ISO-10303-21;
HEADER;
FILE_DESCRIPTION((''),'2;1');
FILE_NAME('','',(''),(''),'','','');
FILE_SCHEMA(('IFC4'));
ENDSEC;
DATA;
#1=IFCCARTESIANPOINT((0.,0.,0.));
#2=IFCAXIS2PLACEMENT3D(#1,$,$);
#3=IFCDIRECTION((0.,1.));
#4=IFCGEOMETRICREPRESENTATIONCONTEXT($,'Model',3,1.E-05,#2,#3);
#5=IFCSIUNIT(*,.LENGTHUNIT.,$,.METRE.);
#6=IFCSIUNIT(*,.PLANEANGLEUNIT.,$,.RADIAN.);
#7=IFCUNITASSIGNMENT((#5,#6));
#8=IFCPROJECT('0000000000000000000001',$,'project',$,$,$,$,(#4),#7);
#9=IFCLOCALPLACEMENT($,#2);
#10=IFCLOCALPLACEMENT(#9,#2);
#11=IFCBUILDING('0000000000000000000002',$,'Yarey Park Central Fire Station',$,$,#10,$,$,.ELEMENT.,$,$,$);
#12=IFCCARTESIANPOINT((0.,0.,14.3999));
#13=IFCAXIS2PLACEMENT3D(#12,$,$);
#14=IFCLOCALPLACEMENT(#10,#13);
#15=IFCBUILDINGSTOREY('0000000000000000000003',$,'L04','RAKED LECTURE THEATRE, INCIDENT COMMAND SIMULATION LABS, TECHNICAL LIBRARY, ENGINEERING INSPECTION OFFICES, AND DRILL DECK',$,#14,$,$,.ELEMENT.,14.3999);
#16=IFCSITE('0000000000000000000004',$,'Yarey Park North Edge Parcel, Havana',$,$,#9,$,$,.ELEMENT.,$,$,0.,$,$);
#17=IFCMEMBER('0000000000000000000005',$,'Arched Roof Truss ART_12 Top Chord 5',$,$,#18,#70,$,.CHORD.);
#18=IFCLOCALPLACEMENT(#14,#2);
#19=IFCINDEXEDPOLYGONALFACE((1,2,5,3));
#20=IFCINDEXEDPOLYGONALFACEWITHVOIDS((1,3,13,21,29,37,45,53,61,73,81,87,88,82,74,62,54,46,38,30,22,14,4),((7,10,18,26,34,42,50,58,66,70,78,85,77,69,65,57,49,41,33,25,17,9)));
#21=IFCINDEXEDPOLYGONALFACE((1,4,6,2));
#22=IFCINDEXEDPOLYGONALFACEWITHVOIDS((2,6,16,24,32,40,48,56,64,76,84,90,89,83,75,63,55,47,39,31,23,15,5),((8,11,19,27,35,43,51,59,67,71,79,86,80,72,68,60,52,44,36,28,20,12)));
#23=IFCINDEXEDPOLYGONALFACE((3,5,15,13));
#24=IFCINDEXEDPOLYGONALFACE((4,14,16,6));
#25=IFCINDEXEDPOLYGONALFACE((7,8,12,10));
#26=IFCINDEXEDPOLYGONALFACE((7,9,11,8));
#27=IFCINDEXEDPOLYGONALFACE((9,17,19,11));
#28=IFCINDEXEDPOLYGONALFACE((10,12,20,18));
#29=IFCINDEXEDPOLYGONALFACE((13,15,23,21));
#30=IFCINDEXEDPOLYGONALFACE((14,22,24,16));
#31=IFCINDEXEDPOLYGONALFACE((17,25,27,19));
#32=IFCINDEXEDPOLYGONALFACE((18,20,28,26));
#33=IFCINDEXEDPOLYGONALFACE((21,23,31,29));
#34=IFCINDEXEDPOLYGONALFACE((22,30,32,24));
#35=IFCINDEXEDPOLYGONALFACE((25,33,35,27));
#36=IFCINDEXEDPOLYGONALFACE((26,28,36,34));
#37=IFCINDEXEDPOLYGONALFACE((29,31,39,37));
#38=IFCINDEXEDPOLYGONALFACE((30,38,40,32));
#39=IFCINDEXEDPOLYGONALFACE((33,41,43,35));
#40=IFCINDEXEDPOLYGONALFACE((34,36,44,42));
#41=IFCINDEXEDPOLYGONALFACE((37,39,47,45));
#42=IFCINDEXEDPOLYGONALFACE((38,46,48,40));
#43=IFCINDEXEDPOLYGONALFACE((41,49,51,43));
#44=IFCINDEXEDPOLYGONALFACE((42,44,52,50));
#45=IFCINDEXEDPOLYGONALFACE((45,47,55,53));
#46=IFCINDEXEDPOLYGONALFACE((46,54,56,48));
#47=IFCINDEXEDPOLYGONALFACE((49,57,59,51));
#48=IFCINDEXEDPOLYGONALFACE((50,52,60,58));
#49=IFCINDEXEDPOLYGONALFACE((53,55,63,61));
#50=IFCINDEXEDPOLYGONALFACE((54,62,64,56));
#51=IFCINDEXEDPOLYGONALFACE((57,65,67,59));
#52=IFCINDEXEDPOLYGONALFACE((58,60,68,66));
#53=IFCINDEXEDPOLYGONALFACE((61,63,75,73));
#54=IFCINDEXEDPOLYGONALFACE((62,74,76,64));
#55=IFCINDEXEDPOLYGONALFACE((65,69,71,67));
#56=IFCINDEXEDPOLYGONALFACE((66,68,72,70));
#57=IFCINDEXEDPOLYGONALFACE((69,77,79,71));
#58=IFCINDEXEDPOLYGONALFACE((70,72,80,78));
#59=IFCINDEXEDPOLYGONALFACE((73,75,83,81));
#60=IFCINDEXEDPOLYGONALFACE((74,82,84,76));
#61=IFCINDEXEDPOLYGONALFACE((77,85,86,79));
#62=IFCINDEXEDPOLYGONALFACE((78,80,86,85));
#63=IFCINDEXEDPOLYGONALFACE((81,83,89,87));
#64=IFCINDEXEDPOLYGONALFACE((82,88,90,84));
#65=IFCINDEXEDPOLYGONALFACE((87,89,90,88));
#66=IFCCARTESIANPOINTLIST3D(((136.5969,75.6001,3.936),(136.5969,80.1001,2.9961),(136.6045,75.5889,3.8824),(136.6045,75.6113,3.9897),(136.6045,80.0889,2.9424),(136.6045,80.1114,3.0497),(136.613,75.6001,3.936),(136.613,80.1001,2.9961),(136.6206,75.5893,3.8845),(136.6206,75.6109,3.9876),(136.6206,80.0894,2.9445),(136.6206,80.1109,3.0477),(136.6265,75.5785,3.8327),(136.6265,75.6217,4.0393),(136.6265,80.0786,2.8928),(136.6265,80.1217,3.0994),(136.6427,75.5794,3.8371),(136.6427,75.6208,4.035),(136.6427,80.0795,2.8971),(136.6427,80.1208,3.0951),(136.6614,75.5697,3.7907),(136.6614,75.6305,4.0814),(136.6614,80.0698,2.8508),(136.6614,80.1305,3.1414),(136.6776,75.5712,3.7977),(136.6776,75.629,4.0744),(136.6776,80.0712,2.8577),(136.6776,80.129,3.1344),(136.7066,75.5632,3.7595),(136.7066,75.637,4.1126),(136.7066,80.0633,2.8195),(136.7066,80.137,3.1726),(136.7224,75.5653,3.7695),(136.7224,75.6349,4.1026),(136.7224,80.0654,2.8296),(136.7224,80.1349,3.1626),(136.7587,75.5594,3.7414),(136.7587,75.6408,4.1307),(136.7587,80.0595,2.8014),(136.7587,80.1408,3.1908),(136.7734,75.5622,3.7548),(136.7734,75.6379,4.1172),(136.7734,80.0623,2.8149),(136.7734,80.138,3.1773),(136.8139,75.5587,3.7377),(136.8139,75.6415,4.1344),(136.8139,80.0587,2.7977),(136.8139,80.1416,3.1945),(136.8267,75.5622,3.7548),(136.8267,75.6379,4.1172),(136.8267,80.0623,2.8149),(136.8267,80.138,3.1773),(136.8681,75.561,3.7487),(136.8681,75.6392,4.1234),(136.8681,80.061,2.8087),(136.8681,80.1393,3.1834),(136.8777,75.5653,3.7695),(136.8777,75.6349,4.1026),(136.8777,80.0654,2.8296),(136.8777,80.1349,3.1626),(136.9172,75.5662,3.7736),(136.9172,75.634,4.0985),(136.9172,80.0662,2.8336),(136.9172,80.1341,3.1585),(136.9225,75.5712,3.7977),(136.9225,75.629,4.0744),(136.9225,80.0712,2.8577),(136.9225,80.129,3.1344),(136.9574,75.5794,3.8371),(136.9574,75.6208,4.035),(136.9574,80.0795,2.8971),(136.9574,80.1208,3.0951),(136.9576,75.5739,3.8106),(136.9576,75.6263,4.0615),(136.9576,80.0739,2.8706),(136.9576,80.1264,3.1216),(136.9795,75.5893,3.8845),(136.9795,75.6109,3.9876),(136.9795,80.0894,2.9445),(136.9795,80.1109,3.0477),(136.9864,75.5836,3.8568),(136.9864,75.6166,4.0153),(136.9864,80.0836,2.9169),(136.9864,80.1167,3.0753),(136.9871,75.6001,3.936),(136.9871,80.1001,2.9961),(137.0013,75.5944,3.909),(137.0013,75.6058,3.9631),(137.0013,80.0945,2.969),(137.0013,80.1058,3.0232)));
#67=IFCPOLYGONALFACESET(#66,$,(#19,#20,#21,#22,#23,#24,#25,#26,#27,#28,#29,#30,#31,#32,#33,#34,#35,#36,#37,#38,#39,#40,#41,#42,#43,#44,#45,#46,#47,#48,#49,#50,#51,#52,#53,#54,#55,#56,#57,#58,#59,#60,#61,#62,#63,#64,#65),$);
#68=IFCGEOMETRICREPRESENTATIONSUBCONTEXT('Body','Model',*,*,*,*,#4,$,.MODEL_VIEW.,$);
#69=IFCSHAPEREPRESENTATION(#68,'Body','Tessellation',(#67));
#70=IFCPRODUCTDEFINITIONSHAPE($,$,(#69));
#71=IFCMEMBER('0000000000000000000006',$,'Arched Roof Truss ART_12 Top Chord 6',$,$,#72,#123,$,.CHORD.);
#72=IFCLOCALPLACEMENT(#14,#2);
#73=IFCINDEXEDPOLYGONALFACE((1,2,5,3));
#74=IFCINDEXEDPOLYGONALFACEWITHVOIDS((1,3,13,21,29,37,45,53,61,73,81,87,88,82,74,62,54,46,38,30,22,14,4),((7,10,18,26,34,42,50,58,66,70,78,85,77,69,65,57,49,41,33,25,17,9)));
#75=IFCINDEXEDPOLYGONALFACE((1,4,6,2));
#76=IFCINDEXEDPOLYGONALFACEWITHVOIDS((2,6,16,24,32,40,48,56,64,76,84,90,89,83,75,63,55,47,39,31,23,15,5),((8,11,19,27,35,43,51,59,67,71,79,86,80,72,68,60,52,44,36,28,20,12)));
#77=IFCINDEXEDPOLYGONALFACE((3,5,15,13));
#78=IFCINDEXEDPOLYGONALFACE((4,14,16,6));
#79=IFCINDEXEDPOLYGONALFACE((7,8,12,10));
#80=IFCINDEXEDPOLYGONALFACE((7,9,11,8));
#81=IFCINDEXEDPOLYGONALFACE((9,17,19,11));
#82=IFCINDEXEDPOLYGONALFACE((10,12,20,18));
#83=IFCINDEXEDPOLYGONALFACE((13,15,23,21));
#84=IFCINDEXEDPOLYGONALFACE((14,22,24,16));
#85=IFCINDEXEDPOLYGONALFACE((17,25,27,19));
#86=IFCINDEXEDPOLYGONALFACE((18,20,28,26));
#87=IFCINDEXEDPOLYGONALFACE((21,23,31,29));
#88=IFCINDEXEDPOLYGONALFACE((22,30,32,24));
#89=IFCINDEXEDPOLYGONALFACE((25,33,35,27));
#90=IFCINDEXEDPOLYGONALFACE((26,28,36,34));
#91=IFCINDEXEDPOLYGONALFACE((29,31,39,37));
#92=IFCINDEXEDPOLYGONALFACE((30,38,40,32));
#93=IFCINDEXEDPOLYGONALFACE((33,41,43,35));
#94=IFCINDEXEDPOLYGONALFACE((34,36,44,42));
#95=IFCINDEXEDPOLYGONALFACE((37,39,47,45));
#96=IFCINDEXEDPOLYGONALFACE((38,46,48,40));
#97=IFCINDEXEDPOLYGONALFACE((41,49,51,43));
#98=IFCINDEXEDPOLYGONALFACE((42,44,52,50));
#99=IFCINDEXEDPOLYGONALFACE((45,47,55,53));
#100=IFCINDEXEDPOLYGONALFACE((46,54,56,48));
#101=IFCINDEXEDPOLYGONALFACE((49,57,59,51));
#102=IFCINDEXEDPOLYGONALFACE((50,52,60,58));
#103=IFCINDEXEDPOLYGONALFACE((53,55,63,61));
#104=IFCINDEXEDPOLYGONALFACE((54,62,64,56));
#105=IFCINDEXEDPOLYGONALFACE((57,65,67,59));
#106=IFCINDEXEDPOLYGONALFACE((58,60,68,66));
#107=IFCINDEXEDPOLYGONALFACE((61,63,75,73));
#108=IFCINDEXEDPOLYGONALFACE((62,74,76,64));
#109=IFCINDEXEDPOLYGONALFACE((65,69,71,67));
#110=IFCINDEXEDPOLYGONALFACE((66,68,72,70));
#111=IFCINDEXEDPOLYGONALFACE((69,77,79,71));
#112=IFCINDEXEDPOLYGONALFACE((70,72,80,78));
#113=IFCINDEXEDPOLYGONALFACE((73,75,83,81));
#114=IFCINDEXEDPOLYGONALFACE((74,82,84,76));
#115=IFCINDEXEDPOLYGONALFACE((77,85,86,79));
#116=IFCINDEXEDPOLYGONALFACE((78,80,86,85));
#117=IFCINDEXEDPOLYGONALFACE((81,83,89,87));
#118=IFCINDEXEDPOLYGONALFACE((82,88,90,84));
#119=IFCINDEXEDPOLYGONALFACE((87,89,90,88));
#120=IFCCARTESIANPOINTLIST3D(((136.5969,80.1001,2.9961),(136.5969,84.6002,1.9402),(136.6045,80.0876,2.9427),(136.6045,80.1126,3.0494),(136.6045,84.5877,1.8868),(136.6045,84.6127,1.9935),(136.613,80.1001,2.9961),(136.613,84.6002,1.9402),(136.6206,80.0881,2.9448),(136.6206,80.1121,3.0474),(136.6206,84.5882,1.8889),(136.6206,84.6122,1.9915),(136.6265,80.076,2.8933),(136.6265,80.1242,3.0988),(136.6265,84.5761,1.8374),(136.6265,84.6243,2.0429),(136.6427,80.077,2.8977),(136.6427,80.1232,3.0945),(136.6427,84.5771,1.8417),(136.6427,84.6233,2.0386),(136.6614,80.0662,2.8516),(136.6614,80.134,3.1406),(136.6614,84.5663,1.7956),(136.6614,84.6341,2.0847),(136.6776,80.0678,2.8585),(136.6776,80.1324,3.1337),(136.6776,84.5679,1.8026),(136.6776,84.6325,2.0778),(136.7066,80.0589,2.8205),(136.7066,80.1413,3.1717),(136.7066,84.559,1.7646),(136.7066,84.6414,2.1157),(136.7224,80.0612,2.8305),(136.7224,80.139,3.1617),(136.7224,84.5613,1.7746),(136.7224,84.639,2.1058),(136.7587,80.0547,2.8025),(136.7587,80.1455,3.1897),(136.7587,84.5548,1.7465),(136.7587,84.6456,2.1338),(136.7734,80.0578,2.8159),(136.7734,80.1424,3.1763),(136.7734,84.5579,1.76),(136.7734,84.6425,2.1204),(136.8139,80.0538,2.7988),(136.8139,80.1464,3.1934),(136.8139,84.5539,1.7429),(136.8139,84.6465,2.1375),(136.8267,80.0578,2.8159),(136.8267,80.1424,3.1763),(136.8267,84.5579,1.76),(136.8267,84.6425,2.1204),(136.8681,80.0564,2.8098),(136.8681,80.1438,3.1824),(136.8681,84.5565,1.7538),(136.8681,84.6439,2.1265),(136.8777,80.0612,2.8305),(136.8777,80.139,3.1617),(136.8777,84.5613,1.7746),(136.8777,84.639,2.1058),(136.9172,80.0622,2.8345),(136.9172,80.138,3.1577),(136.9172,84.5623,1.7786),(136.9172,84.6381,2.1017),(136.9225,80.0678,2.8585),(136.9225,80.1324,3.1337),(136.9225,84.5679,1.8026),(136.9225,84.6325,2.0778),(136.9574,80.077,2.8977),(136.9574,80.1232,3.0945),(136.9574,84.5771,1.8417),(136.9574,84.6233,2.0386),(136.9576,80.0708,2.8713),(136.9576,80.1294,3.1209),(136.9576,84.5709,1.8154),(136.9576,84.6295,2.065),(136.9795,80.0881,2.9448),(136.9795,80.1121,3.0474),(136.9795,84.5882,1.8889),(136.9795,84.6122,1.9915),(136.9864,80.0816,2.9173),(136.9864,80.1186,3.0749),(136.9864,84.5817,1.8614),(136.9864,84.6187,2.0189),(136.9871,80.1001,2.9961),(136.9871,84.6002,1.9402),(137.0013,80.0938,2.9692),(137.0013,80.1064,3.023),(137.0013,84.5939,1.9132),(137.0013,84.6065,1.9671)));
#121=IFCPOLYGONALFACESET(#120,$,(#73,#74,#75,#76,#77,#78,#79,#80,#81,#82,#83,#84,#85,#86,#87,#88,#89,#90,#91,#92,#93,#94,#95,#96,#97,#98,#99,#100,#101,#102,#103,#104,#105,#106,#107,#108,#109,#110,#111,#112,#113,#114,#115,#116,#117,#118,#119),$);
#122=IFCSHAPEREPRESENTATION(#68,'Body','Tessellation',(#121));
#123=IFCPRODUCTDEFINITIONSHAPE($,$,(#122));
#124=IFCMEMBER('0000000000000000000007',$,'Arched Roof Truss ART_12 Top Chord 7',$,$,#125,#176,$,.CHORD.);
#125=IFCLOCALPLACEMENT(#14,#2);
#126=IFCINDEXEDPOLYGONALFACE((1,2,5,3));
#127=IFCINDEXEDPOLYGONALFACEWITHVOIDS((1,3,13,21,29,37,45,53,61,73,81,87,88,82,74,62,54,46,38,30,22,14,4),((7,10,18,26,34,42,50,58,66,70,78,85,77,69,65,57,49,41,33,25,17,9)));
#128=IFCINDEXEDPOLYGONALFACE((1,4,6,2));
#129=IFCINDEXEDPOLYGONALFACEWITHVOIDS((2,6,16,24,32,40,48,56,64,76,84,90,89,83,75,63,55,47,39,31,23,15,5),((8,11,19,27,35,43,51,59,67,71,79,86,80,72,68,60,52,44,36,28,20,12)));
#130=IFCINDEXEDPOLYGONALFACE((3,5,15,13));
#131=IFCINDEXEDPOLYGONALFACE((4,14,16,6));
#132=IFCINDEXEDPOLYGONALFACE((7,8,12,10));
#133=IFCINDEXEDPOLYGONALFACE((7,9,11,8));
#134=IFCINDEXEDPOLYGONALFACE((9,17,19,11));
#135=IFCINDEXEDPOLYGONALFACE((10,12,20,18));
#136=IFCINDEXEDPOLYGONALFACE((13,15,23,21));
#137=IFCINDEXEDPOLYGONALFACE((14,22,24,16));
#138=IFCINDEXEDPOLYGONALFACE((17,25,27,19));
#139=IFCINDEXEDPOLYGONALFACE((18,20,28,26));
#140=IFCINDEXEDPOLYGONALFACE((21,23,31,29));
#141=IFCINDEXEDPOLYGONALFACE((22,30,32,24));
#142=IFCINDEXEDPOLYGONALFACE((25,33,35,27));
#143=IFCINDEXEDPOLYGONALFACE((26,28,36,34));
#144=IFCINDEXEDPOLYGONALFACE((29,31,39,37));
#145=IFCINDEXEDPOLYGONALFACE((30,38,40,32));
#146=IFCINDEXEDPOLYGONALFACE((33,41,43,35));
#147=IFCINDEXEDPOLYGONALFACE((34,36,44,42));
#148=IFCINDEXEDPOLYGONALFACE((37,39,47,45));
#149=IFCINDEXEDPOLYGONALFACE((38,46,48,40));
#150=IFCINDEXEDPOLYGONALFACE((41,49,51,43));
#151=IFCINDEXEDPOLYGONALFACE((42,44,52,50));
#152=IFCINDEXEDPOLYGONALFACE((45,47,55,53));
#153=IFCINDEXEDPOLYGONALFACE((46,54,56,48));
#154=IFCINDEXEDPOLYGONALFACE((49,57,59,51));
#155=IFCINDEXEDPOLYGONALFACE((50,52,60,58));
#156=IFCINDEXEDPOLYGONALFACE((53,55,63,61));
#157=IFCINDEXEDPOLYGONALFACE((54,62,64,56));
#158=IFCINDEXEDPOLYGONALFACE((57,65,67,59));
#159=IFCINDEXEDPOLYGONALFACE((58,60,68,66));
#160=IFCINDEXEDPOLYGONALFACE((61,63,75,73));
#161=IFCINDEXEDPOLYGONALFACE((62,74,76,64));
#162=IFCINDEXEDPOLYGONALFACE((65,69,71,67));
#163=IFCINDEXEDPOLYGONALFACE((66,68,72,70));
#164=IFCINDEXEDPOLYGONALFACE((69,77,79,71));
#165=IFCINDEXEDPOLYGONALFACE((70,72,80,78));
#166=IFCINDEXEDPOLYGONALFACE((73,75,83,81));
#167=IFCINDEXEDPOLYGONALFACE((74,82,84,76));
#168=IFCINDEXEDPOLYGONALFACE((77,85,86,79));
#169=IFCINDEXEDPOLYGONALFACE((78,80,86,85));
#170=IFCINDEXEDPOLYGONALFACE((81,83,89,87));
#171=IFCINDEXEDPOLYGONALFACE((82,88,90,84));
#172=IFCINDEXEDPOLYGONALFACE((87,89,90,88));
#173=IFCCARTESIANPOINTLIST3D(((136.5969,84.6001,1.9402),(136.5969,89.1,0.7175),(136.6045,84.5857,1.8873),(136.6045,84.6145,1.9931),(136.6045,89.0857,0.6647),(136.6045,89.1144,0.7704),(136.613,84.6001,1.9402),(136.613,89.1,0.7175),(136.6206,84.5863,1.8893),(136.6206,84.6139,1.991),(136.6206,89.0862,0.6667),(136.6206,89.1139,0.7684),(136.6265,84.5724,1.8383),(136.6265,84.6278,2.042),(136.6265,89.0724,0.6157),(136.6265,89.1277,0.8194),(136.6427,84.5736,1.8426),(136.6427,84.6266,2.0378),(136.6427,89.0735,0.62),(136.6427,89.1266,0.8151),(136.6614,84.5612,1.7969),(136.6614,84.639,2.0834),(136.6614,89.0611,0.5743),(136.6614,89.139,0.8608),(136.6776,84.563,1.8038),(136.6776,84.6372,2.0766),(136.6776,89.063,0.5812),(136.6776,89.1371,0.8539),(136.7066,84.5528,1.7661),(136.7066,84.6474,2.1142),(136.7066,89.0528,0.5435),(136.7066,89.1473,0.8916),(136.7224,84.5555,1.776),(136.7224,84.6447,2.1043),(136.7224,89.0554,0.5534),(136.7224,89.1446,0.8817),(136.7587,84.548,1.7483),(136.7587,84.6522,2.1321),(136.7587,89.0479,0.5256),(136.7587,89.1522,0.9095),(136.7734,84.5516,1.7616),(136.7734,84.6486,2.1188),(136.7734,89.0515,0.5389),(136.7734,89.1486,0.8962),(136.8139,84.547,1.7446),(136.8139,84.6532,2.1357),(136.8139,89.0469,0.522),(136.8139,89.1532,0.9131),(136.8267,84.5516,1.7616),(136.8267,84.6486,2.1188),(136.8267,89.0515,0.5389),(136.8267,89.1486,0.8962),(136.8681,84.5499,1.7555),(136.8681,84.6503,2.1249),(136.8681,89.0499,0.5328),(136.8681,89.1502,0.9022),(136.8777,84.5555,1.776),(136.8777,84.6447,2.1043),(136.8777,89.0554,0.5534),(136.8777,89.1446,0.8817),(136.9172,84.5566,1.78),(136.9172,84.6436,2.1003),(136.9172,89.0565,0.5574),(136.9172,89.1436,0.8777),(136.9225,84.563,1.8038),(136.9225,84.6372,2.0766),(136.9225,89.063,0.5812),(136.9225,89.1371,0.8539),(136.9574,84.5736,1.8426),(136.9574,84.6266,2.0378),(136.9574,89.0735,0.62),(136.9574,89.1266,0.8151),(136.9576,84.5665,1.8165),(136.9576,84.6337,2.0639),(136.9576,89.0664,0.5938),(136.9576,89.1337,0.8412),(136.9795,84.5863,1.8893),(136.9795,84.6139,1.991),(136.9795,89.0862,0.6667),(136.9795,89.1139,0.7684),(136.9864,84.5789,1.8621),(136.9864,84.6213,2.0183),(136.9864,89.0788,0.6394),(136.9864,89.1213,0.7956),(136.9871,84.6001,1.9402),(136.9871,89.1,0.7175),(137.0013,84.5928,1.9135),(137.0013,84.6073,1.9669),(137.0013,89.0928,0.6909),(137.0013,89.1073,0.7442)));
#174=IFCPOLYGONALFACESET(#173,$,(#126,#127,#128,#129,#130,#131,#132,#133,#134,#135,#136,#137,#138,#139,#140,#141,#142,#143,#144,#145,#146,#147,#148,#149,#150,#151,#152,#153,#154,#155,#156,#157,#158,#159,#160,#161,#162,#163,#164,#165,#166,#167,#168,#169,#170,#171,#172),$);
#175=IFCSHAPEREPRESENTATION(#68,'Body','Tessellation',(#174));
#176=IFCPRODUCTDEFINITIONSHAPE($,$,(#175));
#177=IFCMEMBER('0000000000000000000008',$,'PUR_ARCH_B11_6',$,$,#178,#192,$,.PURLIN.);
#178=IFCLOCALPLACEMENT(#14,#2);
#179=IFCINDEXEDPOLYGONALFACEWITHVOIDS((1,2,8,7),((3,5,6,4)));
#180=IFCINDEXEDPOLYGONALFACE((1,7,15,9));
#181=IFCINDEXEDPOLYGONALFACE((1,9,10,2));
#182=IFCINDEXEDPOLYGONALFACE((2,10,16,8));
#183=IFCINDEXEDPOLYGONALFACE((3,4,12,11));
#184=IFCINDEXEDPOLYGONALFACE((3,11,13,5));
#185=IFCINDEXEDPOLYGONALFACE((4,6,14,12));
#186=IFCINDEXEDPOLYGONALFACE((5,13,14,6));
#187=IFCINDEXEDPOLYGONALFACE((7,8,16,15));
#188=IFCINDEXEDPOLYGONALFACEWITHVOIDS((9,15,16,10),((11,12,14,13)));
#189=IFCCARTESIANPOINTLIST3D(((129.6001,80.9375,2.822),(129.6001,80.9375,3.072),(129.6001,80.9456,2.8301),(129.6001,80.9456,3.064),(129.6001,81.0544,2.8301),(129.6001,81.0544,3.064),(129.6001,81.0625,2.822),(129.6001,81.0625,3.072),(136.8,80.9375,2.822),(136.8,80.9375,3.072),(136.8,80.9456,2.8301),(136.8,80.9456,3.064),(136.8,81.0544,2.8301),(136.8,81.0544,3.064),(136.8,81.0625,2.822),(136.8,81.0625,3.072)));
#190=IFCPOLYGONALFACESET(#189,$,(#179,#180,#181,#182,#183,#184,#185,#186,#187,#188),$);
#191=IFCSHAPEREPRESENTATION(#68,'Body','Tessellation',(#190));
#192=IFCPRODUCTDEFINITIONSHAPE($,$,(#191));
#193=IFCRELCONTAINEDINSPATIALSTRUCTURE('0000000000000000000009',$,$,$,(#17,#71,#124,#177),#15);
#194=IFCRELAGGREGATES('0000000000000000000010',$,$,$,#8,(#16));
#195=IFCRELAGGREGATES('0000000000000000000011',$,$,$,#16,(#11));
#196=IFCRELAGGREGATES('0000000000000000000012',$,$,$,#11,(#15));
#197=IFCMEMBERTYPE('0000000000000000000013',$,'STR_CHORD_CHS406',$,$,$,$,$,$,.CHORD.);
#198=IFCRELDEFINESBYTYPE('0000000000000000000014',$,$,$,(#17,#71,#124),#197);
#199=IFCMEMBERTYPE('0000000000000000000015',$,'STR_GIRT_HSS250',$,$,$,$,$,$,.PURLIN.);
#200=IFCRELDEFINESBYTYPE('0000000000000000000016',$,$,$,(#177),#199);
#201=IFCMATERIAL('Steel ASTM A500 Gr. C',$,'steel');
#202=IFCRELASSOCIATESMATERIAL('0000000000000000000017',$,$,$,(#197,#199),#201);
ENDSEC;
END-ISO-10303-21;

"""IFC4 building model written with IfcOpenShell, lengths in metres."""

from ifc_helpers import new_model, si_unit, direction, frame, origin, origin_2d, place, context, subcontext, project, spatial, hollow_rectangle, hollow_circle, extrude, material, material_profile, profile_set, type_object, element, save


model = new_model("IFC4")

# Units and contexts
model_context = context("Model", 3, precision=1e-05, world=origin(), true_north=direction((0.0, 1.0)))
body_context = subcontext(model_context, "Body", "Model", "MODEL_VIEW")
ifc_project = project(units=[si_unit("LENGTHUNIT", "METRE"), si_unit("PLANEANGLEUNIT", "RADIAN")], contexts=[model_context])

# Site, building, storey
site_placement = place(None, origin())
site = spatial("IfcSite", under=ifc_project, at=site_placement, Name="Yarey Park North Edge Parcel, Havana", CompositionType="ELEMENT", RefElevation=0.0)
building_placement = place(site_placement, origin())
building = spatial("IfcBuilding", under=site, at=building_placement, Name="Yarey Park Central Fire Station", CompositionType="ELEMENT")
storey_placement = place(building_placement, frame((0.0, 0.0, 14.3999)))
storey = spatial("IfcBuildingStorey", under=building, at=storey_placement, Name="L04", Description="RAKED LECTURE THEATRE, INCIDENT COMMAND SIMULATION LABS, TECHNICAL LIBRARY, ENGINEERING INSPECTION OFFICES, AND DRILL DECK", CompositionType="ELEMENT", Elevation=14.3999)

# Members
ifc_material_1 = material(Name="Steel ASTM A500 Gr. C", Category="steel")
ifc_material_profile_1 = material_profile(ifc_material_1, hollow_circle(Radius=0.2031, WallThickness=0.0161, at=origin_2d()), Name="CHS 406.4x16")
ifc_profile_set_1 = profile_set([ifc_material_profile_1], Name="Steel ASTM A500 Gr. C")
member_type_1 = type_object("IfcMemberType", Name="STR_CHORD_CHS406", PredefinedType="CHORD", material=ifc_profile_set_1)
member_1_placement = place(storey_placement, frame((136.8, 75.6001, 3.936), z_axis=(0.0, 0.978874, -0.204463), x_axis=(-1.0, 0.0, 0.0)))
element("IfcMember", 1, at=member_1_placement, inside=storey, type_object=member_type_1, Name="Arched Roof Truss ART_12 Top Chord 5", PredefinedType="CHORD", context=body_context, shape_type="SweptSolid", body=[
    extrude(hollow_circle(Radius=0.2031, WallThickness=0.0161, at=origin_2d()), origin(), (0.0, 0.0, 1.0), 4.5972),
])
member_2_placement = place(storey_placement, frame((136.8, 80.1001, 2.9961), z_axis=(0.0, 0.973558, -0.228442), x_axis=(-1.0, 0.0, 0.0)))
element("IfcMember", 2, at=member_2_placement, inside=storey, type_object=member_type_1, Name="Arched Roof Truss ART_12 Top Chord 6", PredefinedType="CHORD", context=body_context, shape_type="SweptSolid", body=[
    extrude(hollow_circle(Radius=0.2031, WallThickness=0.0161, at=origin_2d()), origin(), (0.0, 0.0, 1.0), 4.6223),
])
member_3_placement = place(storey_placement, frame((136.8, 84.6001, 1.9402), z_axis=(0.0, 0.965015, -0.262196), x_axis=(-1.0, 0.0, 0.0)))
element("IfcMember", 3, at=member_3_placement, inside=storey, type_object=member_type_1, Name="Arched Roof Truss ART_12 Top Chord 7", PredefinedType="CHORD", context=body_context, shape_type="SweptSolid", body=[
    extrude(hollow_circle(Radius=0.2031, WallThickness=0.0161, at=origin_2d()), origin(), (0.0, 0.0, 1.0), 4.6631),
])
ifc_material_profile_2 = material_profile(ifc_material_1, hollow_rectangle(XDim=0.125, YDim=0.25, WallThickness=0.0081, at=origin_2d()), Name="HSS 250x125x8")
ifc_profile_set_2 = profile_set([ifc_material_profile_2], Name="Steel ASTM A500 Gr. C")
member_type_2 = type_object("IfcMemberType", Name="STR_GIRT_HSS250", PredefinedType="PURLIN", material=ifc_profile_set_2)
for number, where, z_axis, x_axis, name in (
    (4, (129.6001, 81.0, 2.947), (1.0, 0.0, 0.0), (0.0, 1.0, 0.0), "PUR_ARCH_B11_6"),
):
    element("IfcMember", number, at=place(storey_placement, frame(where, z_axis=z_axis, x_axis=x_axis)), inside=storey, type_object=member_type_2, Name=name, PredefinedType="PURLIN", context=body_context, shape_type="SweptSolid", body=[
        extrude(hollow_rectangle(XDim=0.125, YDim=0.25, WallThickness=0.0081, at=origin_2d()), origin(), (0.0, 0.0, 1.0), 7.2),
    ])

save(model, "model.ifc")
